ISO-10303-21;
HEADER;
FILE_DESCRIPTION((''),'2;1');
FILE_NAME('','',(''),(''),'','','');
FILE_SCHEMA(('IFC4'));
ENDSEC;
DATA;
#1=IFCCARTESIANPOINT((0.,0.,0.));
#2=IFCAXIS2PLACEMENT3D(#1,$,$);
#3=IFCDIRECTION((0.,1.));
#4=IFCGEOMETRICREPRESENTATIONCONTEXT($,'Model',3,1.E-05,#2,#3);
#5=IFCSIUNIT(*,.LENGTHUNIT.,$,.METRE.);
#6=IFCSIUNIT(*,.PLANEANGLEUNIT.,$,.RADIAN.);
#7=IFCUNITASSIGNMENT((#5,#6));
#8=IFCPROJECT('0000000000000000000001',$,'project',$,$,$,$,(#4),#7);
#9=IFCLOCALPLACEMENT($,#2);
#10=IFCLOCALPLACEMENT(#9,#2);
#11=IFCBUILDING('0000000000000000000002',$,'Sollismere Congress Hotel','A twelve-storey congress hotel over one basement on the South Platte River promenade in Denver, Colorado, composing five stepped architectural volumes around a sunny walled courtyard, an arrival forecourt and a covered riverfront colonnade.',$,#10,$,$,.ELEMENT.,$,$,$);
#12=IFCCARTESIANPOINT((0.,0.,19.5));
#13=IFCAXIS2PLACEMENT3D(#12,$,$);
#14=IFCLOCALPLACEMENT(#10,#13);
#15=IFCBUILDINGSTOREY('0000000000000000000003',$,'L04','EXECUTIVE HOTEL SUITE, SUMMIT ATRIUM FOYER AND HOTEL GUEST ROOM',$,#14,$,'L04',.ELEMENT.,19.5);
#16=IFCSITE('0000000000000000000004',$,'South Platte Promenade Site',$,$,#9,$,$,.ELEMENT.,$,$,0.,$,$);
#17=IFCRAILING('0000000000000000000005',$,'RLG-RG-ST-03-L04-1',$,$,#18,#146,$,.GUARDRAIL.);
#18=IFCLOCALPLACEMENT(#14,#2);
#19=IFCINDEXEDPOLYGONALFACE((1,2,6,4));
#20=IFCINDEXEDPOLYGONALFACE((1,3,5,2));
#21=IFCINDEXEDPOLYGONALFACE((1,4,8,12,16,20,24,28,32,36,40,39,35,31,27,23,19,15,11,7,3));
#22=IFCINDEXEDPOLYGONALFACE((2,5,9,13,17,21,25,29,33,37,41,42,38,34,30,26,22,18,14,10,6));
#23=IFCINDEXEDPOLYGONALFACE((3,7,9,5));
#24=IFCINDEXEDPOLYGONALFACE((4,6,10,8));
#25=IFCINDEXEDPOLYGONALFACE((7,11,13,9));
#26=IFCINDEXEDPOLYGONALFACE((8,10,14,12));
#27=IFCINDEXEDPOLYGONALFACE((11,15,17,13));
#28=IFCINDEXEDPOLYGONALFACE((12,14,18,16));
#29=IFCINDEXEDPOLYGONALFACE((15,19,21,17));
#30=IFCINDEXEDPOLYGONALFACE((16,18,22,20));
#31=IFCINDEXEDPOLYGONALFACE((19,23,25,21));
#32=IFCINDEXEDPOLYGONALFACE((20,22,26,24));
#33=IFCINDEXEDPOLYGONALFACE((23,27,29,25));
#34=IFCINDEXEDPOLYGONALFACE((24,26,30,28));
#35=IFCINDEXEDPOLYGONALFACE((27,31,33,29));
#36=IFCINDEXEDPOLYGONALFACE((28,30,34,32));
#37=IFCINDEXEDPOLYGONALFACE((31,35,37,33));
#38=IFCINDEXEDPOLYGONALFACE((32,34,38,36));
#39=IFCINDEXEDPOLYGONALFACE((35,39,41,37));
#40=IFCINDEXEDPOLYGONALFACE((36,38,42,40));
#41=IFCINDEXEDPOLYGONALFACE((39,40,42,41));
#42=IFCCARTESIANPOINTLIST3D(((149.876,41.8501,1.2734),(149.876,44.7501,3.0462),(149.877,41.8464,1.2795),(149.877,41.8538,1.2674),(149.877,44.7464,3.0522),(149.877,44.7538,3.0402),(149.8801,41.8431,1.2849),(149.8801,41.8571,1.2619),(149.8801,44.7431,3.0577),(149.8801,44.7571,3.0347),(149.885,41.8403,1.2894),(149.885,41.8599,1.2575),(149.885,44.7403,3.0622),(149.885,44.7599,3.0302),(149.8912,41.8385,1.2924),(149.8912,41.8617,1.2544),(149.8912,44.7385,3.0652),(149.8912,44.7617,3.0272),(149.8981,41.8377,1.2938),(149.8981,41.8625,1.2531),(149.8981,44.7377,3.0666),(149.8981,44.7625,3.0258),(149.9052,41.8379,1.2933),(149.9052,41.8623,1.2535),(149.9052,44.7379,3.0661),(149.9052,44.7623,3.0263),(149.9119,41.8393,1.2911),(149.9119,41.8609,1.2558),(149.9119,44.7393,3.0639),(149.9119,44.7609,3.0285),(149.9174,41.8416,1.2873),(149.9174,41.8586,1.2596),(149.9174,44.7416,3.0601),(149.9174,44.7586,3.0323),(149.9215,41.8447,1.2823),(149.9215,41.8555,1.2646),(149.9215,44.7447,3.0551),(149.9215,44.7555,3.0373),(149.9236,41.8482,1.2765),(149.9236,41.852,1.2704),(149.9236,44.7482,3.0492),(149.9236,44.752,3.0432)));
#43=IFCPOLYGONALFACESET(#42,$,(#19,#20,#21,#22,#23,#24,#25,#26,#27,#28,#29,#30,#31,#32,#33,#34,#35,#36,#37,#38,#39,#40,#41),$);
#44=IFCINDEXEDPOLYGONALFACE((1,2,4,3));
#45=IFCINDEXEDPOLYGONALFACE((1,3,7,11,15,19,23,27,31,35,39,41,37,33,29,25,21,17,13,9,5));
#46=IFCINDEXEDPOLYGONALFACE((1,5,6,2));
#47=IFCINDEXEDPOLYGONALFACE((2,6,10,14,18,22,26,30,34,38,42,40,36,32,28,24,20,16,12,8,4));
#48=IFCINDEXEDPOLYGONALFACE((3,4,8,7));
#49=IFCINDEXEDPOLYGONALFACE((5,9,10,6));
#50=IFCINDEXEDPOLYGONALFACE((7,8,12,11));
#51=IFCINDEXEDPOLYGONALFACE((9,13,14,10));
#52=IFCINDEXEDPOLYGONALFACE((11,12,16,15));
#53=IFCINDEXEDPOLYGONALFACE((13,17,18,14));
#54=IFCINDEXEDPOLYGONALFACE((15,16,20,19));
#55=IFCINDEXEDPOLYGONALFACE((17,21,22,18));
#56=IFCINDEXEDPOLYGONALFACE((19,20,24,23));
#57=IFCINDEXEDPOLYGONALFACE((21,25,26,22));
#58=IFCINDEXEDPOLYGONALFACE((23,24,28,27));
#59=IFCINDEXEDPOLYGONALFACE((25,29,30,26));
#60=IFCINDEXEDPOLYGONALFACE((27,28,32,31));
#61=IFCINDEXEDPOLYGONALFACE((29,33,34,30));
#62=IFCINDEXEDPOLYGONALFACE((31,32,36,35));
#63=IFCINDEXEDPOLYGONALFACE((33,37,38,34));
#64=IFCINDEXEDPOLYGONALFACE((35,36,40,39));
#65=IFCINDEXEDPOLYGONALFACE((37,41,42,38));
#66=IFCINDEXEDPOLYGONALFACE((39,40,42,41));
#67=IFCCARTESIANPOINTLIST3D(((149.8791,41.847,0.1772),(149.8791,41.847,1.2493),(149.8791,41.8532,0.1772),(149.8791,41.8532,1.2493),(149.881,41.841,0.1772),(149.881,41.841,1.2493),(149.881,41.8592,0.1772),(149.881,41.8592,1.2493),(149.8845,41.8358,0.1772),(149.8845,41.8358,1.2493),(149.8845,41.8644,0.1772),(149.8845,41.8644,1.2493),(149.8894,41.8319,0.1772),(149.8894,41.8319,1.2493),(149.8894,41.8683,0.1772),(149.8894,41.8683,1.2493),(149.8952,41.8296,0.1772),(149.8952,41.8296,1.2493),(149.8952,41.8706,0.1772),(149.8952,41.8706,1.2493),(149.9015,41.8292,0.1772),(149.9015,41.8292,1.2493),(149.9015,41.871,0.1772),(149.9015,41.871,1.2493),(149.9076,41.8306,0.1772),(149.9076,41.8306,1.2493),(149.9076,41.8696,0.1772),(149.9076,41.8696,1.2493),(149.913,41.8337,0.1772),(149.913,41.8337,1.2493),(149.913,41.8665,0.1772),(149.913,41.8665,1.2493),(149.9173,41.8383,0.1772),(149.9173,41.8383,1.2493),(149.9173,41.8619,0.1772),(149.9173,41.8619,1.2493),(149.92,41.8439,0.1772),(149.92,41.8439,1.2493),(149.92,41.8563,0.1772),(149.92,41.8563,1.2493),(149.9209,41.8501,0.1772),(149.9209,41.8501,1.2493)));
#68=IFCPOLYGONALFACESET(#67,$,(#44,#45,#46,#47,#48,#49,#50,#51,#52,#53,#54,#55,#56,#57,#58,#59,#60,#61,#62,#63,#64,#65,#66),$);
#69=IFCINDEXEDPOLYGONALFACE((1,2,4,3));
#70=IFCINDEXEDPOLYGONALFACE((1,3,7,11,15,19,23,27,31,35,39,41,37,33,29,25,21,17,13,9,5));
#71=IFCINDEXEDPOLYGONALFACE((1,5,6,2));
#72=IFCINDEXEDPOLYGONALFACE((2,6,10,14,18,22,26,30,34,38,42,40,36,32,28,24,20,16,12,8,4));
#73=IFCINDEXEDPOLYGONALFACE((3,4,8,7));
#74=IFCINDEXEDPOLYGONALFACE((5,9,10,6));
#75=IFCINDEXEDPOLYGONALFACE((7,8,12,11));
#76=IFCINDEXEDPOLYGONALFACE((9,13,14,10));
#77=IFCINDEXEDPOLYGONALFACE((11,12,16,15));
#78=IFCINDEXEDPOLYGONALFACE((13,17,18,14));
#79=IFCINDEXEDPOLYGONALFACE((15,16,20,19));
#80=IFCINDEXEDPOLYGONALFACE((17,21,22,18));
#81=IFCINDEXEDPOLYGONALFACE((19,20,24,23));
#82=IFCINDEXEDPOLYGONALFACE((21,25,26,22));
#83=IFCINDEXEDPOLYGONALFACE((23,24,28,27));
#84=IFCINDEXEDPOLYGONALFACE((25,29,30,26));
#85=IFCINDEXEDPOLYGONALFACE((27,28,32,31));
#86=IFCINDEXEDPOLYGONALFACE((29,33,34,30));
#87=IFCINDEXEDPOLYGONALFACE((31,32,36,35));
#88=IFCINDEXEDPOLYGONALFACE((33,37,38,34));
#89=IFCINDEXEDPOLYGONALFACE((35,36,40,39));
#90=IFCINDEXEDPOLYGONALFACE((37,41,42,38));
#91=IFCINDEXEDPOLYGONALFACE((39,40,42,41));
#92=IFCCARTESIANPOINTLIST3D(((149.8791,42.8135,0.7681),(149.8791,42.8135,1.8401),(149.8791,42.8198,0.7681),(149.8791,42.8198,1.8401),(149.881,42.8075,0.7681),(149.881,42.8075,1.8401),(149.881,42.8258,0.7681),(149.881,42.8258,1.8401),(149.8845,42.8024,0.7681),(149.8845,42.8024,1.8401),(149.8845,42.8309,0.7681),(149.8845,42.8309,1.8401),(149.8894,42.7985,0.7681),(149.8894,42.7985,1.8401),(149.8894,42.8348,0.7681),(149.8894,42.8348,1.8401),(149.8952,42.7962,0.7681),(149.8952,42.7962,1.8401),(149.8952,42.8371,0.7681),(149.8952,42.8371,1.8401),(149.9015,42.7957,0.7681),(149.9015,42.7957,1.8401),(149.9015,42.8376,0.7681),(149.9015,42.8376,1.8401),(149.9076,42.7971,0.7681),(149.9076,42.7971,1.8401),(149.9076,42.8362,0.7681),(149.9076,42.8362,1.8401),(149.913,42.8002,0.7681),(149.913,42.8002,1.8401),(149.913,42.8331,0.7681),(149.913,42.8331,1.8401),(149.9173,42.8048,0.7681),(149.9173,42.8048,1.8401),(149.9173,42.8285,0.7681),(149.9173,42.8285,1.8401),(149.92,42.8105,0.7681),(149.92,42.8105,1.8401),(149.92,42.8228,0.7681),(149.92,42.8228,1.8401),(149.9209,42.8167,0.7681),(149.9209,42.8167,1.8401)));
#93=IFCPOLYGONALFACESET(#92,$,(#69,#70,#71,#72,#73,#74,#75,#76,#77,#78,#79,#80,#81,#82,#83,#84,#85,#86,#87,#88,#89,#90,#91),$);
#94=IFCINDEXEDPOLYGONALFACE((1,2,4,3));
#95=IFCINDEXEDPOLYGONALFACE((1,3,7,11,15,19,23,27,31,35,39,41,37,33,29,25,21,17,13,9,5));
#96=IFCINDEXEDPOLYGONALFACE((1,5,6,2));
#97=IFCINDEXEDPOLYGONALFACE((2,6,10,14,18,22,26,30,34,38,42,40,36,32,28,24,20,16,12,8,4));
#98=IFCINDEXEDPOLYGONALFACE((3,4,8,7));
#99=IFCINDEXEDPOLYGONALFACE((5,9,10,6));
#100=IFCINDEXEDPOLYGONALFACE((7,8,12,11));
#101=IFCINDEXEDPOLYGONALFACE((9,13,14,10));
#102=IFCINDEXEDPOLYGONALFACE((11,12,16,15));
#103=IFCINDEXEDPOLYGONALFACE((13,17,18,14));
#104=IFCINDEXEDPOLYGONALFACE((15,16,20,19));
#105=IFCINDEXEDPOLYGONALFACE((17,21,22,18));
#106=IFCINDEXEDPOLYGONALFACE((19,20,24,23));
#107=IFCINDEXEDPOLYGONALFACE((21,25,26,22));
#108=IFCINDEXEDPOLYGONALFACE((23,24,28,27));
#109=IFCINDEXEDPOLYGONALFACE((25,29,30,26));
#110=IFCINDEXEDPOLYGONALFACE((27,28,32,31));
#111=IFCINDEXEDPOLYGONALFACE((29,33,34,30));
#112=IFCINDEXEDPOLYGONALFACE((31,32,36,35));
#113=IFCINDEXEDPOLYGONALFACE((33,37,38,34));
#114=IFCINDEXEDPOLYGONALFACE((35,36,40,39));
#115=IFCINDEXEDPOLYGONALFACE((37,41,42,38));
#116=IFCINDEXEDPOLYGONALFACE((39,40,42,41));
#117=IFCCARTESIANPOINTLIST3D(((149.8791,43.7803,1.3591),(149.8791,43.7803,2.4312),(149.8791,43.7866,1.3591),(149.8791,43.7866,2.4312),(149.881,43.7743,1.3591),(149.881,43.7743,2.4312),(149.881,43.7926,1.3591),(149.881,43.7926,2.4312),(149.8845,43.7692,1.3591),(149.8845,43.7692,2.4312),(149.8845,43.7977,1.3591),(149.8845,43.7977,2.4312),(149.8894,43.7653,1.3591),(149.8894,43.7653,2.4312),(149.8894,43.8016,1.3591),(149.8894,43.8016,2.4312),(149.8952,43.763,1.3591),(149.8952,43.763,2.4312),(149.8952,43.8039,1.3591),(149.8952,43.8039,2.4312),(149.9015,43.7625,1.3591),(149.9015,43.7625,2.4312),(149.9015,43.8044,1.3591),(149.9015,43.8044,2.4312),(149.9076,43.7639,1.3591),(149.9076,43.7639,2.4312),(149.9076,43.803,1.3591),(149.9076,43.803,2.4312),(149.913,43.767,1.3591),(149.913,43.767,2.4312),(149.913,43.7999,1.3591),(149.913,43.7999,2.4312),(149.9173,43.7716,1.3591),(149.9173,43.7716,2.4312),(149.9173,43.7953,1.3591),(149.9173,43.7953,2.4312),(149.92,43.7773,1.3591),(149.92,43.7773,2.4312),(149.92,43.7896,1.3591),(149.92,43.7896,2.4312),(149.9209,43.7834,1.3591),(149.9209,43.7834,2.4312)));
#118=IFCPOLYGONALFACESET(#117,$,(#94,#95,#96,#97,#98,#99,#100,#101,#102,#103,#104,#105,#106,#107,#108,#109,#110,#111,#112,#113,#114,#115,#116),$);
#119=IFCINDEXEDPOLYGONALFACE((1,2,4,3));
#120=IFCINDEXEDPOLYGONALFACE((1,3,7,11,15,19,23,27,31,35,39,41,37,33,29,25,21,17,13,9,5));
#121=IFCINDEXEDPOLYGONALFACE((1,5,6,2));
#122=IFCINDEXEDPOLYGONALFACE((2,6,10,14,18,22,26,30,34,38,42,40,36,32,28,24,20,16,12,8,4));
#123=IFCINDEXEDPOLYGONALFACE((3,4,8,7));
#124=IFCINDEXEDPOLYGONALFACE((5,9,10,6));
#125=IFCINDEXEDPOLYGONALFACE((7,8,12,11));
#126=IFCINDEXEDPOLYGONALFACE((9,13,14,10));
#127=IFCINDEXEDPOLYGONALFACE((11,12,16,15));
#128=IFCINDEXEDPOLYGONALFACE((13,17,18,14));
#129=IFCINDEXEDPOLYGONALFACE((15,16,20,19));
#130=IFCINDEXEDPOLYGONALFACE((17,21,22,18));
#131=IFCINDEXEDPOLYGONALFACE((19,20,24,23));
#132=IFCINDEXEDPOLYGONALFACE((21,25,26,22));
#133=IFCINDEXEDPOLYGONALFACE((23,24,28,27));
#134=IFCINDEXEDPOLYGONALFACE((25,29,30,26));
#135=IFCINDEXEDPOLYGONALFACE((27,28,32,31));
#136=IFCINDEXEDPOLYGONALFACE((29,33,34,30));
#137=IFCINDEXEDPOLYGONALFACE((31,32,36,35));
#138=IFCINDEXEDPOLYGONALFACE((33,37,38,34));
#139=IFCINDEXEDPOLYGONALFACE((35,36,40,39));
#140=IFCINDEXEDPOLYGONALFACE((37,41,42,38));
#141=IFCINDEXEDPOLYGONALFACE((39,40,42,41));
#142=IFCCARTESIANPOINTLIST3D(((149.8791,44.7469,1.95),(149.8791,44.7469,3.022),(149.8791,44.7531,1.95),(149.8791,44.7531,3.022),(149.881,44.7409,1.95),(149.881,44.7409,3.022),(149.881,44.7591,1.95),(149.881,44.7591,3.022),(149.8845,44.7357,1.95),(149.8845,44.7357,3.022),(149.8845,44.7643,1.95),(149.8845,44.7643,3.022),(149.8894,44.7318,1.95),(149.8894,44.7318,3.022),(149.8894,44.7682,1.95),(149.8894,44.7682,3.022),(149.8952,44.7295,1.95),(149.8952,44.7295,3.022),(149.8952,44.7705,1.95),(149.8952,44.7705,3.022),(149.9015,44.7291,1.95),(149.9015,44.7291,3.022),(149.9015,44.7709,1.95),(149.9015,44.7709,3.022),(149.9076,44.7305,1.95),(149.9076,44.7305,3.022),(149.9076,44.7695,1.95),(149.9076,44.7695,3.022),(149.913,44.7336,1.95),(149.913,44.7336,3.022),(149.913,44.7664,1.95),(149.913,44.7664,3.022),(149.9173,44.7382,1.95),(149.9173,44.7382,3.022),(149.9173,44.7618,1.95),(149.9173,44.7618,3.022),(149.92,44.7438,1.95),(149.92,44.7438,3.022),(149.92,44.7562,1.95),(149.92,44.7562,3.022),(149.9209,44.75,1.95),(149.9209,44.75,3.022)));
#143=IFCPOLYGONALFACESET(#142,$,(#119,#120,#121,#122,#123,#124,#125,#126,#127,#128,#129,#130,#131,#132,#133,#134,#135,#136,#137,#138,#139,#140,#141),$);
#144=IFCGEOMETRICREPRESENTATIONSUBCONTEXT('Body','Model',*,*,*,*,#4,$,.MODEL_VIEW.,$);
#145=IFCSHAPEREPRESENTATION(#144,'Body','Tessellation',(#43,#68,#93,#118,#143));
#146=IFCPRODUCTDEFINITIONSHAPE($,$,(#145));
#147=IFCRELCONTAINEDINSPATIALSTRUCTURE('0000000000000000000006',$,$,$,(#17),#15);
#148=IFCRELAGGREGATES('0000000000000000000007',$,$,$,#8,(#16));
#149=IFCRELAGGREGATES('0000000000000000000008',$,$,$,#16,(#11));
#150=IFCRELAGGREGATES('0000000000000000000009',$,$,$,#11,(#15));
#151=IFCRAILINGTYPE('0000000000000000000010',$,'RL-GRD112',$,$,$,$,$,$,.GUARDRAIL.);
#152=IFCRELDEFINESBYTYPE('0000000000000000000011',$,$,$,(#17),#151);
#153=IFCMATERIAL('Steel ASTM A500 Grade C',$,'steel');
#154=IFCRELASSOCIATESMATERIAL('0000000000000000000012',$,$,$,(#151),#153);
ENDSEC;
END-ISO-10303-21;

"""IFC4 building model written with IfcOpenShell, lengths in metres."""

from ifc_helpers import new_model, si_unit, direction, frame, origin, origin_2d, place, context, subcontext, project, spatial, circle, extrude, material, type_object, element, save


model = new_model("IFC4")

# Units and contexts
model_context = context("Model", 3, precision=1e-05, world=origin(), true_north=direction((0.0, 1.0)))
body_context = subcontext(model_context, "Body", "Model", "MODEL_VIEW")
ifc_project = project(units=[si_unit("LENGTHUNIT", "METRE"), si_unit("PLANEANGLEUNIT", "RADIAN")], contexts=[model_context])

# Site, building, storey
site_placement = place(None, origin())
site = spatial("IfcSite", under=ifc_project, at=site_placement, Name="South Platte Promenade Site", CompositionType="ELEMENT", RefElevation=0.0)
building_placement = place(site_placement, origin())
building = spatial("IfcBuilding", under=site, at=building_placement, Name="Sollismere Congress Hotel", Description="A twelve-storey congress hotel over one basement on the South Platte River promenade in Denver, Colorado, composing five stepped architectural volumes around a sunny walled courtyard, an arrival forecourt and a covered riverfront colonnade.", CompositionType="ELEMENT")
storey_placement = place(building_placement, frame((0.0, 0.0, 19.5)))
storey = spatial("IfcBuildingStorey", under=building, at=storey_placement, Name="L04", Description="EXECUTIVE HOTEL SUITE, SUMMIT ATRIUM FOYER AND HOTEL GUEST ROOM", LongName="L04", CompositionType="ELEMENT", Elevation=19.5)

# Railing
ifc_material_1 = material(Name="Steel ASTM A500 Grade C", Category="steel")
railing_type_1 = type_object("IfcRailingType", Name="RL-GRD112", PredefinedType="GUARDRAIL", material=ifc_material_1)
railing_1_placement = place(storey_placement, frame((149.8999, 41.8501, 0.1772)))
element("IfcRailing", 1, at=railing_1_placement, inside=storey, type_object=railing_type_1, Name="RLG-RG-ST-03-L04-1", PredefinedType="GUARDRAIL", context=body_context, shape_type="SweptSolid", body=[
    extrude(circle(Radius=0.0239, at=origin_2d()), frame((0.0, 0.0, 1.0962), z_axis=(0.0, 0.853211, 0.521566), x_axis=(-1.0, 0.0, 0.0)), (0.0, 0.0, 1.0), 3.3989),
    extrude(circle(Radius=0.021, at=origin_2d()), origin(), (0.0, 0.0, 1.0), 1.072),
    extrude(circle(Radius=0.021, at=origin_2d()), frame((0.0, 0.9666, 0.5908)), (0.0, 0.0, 1.0), 1.072),
    extrude(circle(Radius=0.021, at=origin_2d()), frame((0.0, 1.9333, 1.1819)), (0.0, 0.0, 1.0), 1.072),
    extrude(circle(Radius=0.021, at=origin_2d()), frame((0.0, 2.8999, 1.7727)), (0.0, 0.0, 1.0), 1.072),
])

save(model, "model.ifc")
